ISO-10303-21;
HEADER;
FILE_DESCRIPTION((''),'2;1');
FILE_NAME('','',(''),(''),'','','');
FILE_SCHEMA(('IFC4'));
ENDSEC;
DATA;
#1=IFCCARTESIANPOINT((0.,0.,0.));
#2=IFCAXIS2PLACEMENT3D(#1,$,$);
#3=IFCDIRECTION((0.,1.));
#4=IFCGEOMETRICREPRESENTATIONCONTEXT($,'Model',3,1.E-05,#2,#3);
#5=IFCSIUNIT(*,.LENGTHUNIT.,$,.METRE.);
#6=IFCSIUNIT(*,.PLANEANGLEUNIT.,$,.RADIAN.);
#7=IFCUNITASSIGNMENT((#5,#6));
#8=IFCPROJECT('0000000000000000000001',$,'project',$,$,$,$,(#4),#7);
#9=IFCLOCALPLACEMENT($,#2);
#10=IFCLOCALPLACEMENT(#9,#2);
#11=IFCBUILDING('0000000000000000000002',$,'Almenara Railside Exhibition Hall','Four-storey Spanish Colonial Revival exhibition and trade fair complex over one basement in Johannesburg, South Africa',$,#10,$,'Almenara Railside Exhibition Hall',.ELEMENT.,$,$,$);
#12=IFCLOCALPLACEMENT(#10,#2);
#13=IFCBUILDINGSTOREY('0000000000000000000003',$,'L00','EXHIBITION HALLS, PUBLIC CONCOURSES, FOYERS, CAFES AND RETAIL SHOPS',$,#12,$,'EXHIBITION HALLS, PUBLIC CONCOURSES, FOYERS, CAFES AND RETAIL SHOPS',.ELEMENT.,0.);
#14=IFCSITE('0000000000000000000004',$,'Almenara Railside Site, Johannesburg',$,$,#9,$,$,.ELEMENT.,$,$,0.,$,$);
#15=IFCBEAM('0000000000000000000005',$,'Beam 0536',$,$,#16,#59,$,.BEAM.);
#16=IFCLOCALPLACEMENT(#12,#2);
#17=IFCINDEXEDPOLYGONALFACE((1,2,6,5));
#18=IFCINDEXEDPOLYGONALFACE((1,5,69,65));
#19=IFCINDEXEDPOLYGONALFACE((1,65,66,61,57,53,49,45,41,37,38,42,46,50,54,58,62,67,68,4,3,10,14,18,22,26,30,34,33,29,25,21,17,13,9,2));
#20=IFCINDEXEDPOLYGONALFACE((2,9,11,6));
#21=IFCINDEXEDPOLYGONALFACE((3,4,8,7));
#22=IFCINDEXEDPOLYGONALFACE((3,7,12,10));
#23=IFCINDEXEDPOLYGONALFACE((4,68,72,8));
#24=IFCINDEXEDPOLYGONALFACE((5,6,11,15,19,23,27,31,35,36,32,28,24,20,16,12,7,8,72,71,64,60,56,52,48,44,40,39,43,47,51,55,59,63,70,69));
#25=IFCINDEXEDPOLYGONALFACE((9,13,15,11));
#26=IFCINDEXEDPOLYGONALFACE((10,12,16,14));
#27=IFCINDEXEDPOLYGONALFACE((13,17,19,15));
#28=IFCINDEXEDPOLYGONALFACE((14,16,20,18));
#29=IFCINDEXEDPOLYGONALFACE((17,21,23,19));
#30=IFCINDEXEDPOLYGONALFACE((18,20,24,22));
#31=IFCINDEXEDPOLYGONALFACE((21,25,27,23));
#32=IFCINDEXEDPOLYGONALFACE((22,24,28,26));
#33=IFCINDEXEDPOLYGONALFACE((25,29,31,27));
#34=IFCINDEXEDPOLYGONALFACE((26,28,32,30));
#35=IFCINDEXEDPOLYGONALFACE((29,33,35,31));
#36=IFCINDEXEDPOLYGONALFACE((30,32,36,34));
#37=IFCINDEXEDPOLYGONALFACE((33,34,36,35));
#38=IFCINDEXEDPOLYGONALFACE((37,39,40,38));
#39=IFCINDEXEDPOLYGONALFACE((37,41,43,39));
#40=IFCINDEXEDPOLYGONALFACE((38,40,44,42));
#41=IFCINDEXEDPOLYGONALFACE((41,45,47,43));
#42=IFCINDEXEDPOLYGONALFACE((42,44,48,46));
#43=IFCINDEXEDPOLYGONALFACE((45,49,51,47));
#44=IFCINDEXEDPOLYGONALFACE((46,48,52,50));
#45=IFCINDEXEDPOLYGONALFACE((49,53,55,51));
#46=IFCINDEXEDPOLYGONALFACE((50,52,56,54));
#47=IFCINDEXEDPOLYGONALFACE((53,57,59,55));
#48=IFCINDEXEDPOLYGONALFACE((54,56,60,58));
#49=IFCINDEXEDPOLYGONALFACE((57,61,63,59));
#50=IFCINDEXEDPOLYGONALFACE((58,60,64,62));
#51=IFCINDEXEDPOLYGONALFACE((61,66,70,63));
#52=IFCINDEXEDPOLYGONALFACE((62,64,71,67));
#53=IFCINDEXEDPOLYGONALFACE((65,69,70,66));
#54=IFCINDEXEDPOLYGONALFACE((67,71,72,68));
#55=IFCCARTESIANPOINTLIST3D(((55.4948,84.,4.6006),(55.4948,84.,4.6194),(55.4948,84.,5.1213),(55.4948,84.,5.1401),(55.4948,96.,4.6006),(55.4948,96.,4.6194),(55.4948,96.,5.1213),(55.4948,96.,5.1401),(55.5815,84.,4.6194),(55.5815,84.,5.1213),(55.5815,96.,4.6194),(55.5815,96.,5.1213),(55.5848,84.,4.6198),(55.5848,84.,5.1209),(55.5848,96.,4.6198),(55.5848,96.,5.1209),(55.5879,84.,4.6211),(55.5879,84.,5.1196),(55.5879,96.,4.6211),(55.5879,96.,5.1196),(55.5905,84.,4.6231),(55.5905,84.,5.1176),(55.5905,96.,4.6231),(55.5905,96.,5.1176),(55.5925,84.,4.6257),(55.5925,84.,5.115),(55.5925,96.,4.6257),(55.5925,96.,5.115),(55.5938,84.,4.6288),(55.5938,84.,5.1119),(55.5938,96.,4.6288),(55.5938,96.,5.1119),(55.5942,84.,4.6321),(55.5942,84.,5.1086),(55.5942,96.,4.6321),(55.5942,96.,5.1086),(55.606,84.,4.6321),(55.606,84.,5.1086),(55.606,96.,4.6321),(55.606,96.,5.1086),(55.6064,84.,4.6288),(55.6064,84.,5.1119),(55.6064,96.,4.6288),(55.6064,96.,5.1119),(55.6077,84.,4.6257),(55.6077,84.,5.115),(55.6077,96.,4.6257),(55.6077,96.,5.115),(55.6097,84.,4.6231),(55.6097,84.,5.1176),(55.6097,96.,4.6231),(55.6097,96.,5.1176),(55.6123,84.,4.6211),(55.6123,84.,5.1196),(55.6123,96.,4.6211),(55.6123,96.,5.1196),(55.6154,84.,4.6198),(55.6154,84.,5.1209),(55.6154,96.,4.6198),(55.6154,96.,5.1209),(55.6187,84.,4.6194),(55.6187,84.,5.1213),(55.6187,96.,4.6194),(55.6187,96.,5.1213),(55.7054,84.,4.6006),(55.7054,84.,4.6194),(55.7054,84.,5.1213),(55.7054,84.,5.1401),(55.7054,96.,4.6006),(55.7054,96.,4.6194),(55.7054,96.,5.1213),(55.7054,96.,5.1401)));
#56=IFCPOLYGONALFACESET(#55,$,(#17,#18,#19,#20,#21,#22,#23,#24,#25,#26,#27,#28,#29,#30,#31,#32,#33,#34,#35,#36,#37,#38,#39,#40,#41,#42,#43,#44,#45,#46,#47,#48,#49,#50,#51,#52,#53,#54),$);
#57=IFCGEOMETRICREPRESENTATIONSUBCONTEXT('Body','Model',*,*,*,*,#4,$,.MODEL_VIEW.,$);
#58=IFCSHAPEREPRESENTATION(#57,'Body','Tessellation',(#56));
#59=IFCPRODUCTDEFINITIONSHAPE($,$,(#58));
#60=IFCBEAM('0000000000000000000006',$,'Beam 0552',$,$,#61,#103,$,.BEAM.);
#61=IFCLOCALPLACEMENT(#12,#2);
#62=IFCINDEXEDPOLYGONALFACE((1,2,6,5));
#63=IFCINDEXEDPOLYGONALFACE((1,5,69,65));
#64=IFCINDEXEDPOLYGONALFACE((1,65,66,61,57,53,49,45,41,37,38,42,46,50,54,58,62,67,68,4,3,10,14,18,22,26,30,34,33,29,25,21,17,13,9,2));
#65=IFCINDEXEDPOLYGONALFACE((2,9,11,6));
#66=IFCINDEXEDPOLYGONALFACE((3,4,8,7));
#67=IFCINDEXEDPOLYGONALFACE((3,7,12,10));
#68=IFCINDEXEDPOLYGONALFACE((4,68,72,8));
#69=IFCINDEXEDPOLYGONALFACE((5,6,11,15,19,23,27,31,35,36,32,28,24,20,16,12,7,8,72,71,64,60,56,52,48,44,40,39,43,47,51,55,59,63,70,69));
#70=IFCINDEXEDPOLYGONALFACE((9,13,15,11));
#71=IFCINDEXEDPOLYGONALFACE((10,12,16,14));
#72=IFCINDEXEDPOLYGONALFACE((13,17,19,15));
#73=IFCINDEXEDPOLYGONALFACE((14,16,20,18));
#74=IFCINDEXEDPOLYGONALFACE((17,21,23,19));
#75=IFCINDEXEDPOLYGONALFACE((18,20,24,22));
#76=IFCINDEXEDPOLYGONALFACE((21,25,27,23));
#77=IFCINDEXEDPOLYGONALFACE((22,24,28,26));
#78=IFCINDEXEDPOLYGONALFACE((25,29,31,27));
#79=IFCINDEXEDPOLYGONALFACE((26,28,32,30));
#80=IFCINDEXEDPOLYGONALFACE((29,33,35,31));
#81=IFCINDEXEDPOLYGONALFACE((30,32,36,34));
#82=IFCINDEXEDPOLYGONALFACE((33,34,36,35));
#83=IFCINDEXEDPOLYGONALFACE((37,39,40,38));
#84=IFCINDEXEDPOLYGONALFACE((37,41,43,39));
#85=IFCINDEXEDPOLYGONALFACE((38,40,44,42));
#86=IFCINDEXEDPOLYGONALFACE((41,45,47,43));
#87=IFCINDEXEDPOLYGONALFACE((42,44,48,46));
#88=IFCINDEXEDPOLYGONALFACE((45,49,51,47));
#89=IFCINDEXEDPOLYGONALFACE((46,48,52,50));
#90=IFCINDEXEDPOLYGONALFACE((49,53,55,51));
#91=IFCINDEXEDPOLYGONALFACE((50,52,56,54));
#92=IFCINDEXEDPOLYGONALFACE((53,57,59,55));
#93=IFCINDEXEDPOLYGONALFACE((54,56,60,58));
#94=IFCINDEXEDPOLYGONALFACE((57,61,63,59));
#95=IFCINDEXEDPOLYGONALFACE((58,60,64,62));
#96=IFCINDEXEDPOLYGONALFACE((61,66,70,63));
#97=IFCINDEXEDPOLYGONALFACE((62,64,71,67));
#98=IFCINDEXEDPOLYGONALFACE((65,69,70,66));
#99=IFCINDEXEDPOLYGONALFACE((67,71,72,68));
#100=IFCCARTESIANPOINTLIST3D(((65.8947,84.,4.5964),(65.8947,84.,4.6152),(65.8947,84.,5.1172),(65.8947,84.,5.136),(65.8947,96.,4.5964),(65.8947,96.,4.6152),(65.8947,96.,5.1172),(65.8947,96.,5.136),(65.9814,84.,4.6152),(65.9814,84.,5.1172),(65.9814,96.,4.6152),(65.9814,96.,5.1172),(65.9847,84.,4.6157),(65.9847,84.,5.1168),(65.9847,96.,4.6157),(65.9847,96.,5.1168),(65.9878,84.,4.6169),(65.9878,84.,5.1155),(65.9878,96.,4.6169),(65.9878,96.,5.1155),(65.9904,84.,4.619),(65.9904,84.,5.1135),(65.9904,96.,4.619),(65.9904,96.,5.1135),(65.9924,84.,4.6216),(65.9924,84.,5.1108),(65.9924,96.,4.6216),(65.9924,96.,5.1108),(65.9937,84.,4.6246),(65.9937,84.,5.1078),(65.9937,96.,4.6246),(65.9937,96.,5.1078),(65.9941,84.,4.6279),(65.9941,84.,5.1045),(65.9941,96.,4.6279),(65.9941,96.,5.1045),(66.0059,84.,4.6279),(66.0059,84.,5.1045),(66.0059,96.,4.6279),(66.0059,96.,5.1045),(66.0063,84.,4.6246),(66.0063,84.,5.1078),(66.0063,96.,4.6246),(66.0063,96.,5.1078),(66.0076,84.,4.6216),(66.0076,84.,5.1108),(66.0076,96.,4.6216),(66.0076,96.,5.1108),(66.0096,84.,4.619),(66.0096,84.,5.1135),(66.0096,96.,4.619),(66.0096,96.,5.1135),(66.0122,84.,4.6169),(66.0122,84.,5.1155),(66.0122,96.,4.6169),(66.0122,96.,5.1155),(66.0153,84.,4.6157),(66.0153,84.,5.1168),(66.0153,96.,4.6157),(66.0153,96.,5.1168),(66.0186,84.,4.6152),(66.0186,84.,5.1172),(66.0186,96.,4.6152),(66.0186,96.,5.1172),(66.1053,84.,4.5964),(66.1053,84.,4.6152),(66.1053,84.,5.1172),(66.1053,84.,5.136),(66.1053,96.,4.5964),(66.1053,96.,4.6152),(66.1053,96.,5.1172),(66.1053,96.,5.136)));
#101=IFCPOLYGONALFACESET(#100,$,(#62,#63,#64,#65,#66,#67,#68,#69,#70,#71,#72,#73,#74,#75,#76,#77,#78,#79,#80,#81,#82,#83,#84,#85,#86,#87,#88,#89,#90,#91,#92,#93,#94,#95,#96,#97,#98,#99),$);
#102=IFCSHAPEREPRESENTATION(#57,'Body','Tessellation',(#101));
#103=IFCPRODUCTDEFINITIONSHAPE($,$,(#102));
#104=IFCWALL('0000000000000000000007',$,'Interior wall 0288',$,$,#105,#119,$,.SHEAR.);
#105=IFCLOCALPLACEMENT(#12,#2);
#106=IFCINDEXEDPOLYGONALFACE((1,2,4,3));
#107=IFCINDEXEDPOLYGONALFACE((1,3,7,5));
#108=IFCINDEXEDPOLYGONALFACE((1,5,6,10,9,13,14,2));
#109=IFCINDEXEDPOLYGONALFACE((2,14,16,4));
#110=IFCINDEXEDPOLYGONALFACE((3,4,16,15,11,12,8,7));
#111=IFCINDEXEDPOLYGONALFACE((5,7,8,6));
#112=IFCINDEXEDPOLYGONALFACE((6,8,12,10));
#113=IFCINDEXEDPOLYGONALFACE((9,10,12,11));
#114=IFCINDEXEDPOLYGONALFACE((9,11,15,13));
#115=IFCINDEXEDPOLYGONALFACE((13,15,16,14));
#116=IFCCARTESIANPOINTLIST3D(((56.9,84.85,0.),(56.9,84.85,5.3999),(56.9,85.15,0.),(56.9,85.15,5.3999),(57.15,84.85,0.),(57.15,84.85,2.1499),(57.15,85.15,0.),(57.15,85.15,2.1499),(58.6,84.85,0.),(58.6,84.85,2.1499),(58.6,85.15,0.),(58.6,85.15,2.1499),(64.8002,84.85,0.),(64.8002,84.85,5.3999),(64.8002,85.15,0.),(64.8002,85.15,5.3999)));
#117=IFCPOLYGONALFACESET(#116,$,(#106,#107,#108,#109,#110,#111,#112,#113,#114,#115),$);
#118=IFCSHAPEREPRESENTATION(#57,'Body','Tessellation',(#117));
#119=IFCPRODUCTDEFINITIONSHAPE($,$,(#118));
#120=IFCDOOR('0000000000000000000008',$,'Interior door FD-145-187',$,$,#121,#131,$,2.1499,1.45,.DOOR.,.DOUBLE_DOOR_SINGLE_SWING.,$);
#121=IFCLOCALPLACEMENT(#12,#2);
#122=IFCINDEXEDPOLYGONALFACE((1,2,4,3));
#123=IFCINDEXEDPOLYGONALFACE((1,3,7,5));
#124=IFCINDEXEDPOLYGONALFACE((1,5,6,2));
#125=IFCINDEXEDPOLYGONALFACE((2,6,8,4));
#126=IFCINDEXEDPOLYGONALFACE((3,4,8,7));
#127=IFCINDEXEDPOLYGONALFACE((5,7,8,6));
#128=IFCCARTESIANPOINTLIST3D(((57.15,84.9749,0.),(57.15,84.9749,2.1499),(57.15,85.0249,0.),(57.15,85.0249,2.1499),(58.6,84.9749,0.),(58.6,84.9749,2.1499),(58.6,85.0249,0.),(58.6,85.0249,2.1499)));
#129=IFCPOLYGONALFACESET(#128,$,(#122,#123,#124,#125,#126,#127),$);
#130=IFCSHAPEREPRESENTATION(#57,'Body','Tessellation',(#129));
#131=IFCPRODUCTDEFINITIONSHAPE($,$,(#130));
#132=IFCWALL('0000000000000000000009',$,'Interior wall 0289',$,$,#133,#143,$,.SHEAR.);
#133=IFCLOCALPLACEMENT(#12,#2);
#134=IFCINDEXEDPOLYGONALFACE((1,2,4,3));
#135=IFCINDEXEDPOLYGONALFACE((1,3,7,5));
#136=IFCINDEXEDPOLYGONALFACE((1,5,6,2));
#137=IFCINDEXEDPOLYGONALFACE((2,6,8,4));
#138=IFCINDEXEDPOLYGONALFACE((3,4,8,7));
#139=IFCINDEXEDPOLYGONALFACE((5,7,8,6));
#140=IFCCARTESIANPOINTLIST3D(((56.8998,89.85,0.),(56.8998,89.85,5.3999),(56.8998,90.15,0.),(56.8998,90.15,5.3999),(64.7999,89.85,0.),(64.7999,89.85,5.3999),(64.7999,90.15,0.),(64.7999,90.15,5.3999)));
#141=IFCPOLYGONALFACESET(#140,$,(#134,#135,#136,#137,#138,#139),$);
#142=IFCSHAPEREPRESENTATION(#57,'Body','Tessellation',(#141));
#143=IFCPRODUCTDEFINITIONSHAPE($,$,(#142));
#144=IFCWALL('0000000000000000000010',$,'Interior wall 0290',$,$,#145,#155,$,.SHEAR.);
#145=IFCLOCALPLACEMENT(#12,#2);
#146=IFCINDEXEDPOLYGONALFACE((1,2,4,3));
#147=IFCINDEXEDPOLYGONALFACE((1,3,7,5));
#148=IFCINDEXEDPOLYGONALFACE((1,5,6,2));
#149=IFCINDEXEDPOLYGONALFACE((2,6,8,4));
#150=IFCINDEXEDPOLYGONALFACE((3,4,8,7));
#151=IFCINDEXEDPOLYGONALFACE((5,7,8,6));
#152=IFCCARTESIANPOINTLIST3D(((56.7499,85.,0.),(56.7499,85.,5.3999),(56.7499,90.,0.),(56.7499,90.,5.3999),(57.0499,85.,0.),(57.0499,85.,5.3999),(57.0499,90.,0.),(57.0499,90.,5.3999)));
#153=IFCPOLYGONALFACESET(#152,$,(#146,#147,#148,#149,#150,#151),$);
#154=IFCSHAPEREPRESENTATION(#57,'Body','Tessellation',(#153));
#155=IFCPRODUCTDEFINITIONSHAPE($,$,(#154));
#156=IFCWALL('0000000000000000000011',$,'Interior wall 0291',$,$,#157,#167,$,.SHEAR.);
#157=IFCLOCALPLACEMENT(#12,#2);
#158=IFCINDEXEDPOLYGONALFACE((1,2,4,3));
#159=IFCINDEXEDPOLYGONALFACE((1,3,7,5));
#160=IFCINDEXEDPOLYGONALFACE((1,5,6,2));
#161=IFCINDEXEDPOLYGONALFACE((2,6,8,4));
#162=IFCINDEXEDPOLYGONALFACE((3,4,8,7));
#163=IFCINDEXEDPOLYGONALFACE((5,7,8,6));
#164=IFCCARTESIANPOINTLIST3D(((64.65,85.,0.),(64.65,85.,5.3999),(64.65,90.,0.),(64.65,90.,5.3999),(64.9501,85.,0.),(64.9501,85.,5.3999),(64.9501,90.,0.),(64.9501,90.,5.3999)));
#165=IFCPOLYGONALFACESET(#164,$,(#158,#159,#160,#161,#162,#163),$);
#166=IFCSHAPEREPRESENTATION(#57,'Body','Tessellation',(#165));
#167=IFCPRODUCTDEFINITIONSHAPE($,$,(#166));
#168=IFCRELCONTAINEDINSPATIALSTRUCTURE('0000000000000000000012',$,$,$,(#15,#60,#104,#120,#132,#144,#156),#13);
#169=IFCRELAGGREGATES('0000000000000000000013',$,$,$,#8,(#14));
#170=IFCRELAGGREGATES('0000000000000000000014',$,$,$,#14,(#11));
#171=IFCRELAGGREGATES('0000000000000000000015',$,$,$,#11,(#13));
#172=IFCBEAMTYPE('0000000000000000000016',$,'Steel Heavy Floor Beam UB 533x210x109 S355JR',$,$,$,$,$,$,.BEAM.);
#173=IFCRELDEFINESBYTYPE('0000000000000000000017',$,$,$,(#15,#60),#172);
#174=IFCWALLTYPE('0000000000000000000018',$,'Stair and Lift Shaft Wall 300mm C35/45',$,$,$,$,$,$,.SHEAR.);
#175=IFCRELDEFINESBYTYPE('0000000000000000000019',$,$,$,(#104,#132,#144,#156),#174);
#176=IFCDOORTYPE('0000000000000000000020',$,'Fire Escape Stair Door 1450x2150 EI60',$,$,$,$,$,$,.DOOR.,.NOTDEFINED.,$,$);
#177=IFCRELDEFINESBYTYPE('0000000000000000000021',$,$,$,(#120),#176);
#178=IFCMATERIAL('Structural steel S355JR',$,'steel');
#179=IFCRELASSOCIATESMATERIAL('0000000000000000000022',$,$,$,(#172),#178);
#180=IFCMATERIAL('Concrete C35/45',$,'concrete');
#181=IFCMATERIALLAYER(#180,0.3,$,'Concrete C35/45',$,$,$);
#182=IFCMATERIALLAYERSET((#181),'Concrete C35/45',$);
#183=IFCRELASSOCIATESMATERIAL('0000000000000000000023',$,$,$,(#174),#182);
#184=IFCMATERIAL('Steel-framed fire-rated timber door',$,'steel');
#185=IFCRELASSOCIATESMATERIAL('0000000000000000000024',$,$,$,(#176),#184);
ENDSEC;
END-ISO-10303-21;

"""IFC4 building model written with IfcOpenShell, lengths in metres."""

from ifc_helpers import new_model, si_unit, direction, frame, frame_2d, origin, origin_2d, place, context, subcontext, project, spatial, rectangle, i_section, extrude, material, layer, layer_set, material_profile, profile_set, type_object, element, fill, save


model = new_model("IFC4")

# Units and contexts
model_context = context("Model", 3, precision=1e-05, world=origin(), true_north=direction((0.0, 1.0)))
body_context = subcontext(model_context, "Body", "Model", "MODEL_VIEW")
ifc_project = project(units=[si_unit("LENGTHUNIT", "METRE"), si_unit("PLANEANGLEUNIT", "RADIAN")], contexts=[model_context])

# Site, building, storey
site_placement = place(None, origin())
site = spatial("IfcSite", under=ifc_project, at=site_placement, Name="Almenara Railside Site, Johannesburg", CompositionType="ELEMENT", RefElevation=0.0)
building_placement = place(site_placement, origin())
building = spatial("IfcBuilding", under=site, at=building_placement, Name="Almenara Railside Exhibition Hall", Description="Four-storey Spanish Colonial Revival exhibition and trade fair complex over one basement in Johannesburg, South Africa", LongName="Almenara Railside Exhibition Hall", CompositionType="ELEMENT")
storey_placement = place(building_placement, origin())
storey = spatial("IfcBuildingStorey", under=building, at=storey_placement, Name="L00", Description="EXHIBITION HALLS, PUBLIC CONCOURSES, FOYERS, CAFES AND RETAIL SHOPS", LongName="EXHIBITION HALLS, PUBLIC CONCOURSES, FOYERS, CAFES AND RETAIL SHOPS", CompositionType="ELEMENT", Elevation=0.0)

# Shared definitions
ifc_material_1 = material(Name="Concrete C35/45", Category="concrete")

# Beams
ifc_material_2 = material(Name="Structural steel S355JR", Category="steel")
ifc_material_profile_1 = material_profile(ifc_material_2, i_section(OverallWidth=0.2107, OverallDepth=0.5396, WebThickness=0.0117, FlangeThickness=0.0188, FilletRadius=0.0127, at=origin_2d()), Name="UB 533x210x109")
ifc_profile_set_1 = profile_set([ifc_material_profile_1], Name="Structural steel S355JR")
beam_type_1 = type_object("IfcBeamType", Name="Steel Heavy Floor Beam UB 533x210x109 S355JR", PredefinedType="BEAM", material=ifc_profile_set_1)
for number, where, z_axis, x_axis, name in (
    (1, (55.6001, 84.0, 4.8704), (0.0, 1.0, 0.0), (-1.0, 0.0, 0.0), "Beam 0536"),
    (2, (66.0, 84.0, 4.8662), (0.0, 1.0, 0.0), (-1.0, 0.0, 0.0), "Beam 0552"),
):
    element("IfcBeam", number, at=place(storey_placement, frame(where, z_axis=z_axis, x_axis=x_axis)), inside=storey, type_object=beam_type_1, Name=name, PredefinedType="BEAM", context=body_context, shape_type="SweptSolid", body=[
        extrude(i_section(OverallWidth=0.2107, OverallDepth=0.5396, WebThickness=0.0117, FlangeThickness=0.0188, FilletRadius=0.0127, at=origin_2d()), origin(), (0.0, 0.0, 1.0), 12.0),
    ])

# Wall, opening, door
ifc_layer = layer(ifc_material_1, 0.3, Name="Concrete C35/45")
ifc_layer_set = layer_set([ifc_layer], Name="Concrete C35/45")
wall_type = type_object("IfcWallType", Name="Stair and Lift Shaft Wall 300mm C35/45", PredefinedType="SHEAR", material=ifc_layer_set)
wall_1_placement = place(storey_placement, frame((56.8999, 85.0, 0.0), z_axis=(0.0, 0.0, 1.0), x_axis=(1.0, 0.0, 0.0)))
wall_1 = element("IfcWall", 3, at=wall_1_placement, inside=storey, type_object=wall_type, Name="Interior wall 0288", PredefinedType="SHEAR", context=body_context, shape_type="SweptSolid", body=[
    extrude(rectangle(XDim=7.9001, YDim=0.3, at=frame_2d((3.9502, 0.0))), origin(), (0.0, 0.0, 1.0), 5.3999),
])
opening_placement = place(wall_1_placement, frame((0.25, 0.0, 0.0)))
opening = element("IfcOpeningElement", 4, at=opening_placement, cuts=wall_1, PredefinedType="OPENING", context=body_context, shape_type="SweptSolid", body=[
    extrude(rectangle(XDim=1.45, YDim=2.1499, at=frame_2d((0.7251, 1.075))), frame((0.0, 0.1599, 0.0), z_axis=(0.0, -1.0, 0.0), x_axis=(1.0, 0.0, 0.0)), (0.0, 0.0, 1.0), 0.3201),
])
ifc_material_3 = material(Name="Steel-framed fire-rated timber door", Category="steel")
door_type = type_object("IfcDoorType", Name="Fire Escape Stair Door 1450x2150 EI60", OperationType="NOTDEFINED", PredefinedType="DOOR", material=ifc_material_3)
door_placement = place(opening_placement, origin())
door = element("IfcDoor", 5, at=door_placement, inside=storey, type_object=door_type, Name="Interior door FD-145-187", OperationType="DOUBLE_DOOR_SINGLE_SWING", OverallHeight=2.1499, OverallWidth=1.45, PredefinedType="DOOR", context=body_context, shape_type="SweptSolid", body=[
    extrude(rectangle(XDim=1.45, YDim=2.1499, at=frame_2d((0.7251, 1.075))), frame((0.0, 0.0249, 0.0), z_axis=(0.0, -1.0, 0.0), x_axis=(1.0, 0.0, 0.0)), (0.0, 0.0, 1.0), 0.05),
])
fill(opening, door)

# Walls
wall_2_placement = place(storey_placement, frame((64.8, 90.0, 0.0), z_axis=(0.0, 0.0, 1.0), x_axis=(-1.0, 0.0, 0.0)))
element("IfcWall", 6, at=wall_2_placement, inside=storey, type_object=wall_type, Name="Interior wall 0289", PredefinedType="SHEAR", context=body_context, shape_type="SweptSolid", body=[
    extrude(rectangle(XDim=7.9001, YDim=0.3, at=frame_2d((3.9502, 0.0))), origin(), (0.0, 0.0, 1.0), 5.3999),
])
for number, where, z_axis, x_axis, name in (
    (7, (56.8999, 90.0, 0.0), (0.0, 0.0, 1.0), (0.0, -1.0, 0.0), "Interior wall 0290"),
    (8, (64.8, 85.0, 0.0), (0.0, 0.0, 1.0), (0.0, 1.0, 0.0), "Interior wall 0291"),
):
    element("IfcWall", number, at=place(storey_placement, frame(where, z_axis=z_axis, x_axis=x_axis)), inside=storey, type_object=wall_type, Name=name, PredefinedType="SHEAR", context=body_context, shape_type="SweptSolid", body=[
        extrude(rectangle(XDim=5.0, YDim=0.3, at=frame_2d((2.5, 0.0))), origin(), (0.0, 0.0, 1.0), 5.3999),
    ])

save(model, "model.ifc")
